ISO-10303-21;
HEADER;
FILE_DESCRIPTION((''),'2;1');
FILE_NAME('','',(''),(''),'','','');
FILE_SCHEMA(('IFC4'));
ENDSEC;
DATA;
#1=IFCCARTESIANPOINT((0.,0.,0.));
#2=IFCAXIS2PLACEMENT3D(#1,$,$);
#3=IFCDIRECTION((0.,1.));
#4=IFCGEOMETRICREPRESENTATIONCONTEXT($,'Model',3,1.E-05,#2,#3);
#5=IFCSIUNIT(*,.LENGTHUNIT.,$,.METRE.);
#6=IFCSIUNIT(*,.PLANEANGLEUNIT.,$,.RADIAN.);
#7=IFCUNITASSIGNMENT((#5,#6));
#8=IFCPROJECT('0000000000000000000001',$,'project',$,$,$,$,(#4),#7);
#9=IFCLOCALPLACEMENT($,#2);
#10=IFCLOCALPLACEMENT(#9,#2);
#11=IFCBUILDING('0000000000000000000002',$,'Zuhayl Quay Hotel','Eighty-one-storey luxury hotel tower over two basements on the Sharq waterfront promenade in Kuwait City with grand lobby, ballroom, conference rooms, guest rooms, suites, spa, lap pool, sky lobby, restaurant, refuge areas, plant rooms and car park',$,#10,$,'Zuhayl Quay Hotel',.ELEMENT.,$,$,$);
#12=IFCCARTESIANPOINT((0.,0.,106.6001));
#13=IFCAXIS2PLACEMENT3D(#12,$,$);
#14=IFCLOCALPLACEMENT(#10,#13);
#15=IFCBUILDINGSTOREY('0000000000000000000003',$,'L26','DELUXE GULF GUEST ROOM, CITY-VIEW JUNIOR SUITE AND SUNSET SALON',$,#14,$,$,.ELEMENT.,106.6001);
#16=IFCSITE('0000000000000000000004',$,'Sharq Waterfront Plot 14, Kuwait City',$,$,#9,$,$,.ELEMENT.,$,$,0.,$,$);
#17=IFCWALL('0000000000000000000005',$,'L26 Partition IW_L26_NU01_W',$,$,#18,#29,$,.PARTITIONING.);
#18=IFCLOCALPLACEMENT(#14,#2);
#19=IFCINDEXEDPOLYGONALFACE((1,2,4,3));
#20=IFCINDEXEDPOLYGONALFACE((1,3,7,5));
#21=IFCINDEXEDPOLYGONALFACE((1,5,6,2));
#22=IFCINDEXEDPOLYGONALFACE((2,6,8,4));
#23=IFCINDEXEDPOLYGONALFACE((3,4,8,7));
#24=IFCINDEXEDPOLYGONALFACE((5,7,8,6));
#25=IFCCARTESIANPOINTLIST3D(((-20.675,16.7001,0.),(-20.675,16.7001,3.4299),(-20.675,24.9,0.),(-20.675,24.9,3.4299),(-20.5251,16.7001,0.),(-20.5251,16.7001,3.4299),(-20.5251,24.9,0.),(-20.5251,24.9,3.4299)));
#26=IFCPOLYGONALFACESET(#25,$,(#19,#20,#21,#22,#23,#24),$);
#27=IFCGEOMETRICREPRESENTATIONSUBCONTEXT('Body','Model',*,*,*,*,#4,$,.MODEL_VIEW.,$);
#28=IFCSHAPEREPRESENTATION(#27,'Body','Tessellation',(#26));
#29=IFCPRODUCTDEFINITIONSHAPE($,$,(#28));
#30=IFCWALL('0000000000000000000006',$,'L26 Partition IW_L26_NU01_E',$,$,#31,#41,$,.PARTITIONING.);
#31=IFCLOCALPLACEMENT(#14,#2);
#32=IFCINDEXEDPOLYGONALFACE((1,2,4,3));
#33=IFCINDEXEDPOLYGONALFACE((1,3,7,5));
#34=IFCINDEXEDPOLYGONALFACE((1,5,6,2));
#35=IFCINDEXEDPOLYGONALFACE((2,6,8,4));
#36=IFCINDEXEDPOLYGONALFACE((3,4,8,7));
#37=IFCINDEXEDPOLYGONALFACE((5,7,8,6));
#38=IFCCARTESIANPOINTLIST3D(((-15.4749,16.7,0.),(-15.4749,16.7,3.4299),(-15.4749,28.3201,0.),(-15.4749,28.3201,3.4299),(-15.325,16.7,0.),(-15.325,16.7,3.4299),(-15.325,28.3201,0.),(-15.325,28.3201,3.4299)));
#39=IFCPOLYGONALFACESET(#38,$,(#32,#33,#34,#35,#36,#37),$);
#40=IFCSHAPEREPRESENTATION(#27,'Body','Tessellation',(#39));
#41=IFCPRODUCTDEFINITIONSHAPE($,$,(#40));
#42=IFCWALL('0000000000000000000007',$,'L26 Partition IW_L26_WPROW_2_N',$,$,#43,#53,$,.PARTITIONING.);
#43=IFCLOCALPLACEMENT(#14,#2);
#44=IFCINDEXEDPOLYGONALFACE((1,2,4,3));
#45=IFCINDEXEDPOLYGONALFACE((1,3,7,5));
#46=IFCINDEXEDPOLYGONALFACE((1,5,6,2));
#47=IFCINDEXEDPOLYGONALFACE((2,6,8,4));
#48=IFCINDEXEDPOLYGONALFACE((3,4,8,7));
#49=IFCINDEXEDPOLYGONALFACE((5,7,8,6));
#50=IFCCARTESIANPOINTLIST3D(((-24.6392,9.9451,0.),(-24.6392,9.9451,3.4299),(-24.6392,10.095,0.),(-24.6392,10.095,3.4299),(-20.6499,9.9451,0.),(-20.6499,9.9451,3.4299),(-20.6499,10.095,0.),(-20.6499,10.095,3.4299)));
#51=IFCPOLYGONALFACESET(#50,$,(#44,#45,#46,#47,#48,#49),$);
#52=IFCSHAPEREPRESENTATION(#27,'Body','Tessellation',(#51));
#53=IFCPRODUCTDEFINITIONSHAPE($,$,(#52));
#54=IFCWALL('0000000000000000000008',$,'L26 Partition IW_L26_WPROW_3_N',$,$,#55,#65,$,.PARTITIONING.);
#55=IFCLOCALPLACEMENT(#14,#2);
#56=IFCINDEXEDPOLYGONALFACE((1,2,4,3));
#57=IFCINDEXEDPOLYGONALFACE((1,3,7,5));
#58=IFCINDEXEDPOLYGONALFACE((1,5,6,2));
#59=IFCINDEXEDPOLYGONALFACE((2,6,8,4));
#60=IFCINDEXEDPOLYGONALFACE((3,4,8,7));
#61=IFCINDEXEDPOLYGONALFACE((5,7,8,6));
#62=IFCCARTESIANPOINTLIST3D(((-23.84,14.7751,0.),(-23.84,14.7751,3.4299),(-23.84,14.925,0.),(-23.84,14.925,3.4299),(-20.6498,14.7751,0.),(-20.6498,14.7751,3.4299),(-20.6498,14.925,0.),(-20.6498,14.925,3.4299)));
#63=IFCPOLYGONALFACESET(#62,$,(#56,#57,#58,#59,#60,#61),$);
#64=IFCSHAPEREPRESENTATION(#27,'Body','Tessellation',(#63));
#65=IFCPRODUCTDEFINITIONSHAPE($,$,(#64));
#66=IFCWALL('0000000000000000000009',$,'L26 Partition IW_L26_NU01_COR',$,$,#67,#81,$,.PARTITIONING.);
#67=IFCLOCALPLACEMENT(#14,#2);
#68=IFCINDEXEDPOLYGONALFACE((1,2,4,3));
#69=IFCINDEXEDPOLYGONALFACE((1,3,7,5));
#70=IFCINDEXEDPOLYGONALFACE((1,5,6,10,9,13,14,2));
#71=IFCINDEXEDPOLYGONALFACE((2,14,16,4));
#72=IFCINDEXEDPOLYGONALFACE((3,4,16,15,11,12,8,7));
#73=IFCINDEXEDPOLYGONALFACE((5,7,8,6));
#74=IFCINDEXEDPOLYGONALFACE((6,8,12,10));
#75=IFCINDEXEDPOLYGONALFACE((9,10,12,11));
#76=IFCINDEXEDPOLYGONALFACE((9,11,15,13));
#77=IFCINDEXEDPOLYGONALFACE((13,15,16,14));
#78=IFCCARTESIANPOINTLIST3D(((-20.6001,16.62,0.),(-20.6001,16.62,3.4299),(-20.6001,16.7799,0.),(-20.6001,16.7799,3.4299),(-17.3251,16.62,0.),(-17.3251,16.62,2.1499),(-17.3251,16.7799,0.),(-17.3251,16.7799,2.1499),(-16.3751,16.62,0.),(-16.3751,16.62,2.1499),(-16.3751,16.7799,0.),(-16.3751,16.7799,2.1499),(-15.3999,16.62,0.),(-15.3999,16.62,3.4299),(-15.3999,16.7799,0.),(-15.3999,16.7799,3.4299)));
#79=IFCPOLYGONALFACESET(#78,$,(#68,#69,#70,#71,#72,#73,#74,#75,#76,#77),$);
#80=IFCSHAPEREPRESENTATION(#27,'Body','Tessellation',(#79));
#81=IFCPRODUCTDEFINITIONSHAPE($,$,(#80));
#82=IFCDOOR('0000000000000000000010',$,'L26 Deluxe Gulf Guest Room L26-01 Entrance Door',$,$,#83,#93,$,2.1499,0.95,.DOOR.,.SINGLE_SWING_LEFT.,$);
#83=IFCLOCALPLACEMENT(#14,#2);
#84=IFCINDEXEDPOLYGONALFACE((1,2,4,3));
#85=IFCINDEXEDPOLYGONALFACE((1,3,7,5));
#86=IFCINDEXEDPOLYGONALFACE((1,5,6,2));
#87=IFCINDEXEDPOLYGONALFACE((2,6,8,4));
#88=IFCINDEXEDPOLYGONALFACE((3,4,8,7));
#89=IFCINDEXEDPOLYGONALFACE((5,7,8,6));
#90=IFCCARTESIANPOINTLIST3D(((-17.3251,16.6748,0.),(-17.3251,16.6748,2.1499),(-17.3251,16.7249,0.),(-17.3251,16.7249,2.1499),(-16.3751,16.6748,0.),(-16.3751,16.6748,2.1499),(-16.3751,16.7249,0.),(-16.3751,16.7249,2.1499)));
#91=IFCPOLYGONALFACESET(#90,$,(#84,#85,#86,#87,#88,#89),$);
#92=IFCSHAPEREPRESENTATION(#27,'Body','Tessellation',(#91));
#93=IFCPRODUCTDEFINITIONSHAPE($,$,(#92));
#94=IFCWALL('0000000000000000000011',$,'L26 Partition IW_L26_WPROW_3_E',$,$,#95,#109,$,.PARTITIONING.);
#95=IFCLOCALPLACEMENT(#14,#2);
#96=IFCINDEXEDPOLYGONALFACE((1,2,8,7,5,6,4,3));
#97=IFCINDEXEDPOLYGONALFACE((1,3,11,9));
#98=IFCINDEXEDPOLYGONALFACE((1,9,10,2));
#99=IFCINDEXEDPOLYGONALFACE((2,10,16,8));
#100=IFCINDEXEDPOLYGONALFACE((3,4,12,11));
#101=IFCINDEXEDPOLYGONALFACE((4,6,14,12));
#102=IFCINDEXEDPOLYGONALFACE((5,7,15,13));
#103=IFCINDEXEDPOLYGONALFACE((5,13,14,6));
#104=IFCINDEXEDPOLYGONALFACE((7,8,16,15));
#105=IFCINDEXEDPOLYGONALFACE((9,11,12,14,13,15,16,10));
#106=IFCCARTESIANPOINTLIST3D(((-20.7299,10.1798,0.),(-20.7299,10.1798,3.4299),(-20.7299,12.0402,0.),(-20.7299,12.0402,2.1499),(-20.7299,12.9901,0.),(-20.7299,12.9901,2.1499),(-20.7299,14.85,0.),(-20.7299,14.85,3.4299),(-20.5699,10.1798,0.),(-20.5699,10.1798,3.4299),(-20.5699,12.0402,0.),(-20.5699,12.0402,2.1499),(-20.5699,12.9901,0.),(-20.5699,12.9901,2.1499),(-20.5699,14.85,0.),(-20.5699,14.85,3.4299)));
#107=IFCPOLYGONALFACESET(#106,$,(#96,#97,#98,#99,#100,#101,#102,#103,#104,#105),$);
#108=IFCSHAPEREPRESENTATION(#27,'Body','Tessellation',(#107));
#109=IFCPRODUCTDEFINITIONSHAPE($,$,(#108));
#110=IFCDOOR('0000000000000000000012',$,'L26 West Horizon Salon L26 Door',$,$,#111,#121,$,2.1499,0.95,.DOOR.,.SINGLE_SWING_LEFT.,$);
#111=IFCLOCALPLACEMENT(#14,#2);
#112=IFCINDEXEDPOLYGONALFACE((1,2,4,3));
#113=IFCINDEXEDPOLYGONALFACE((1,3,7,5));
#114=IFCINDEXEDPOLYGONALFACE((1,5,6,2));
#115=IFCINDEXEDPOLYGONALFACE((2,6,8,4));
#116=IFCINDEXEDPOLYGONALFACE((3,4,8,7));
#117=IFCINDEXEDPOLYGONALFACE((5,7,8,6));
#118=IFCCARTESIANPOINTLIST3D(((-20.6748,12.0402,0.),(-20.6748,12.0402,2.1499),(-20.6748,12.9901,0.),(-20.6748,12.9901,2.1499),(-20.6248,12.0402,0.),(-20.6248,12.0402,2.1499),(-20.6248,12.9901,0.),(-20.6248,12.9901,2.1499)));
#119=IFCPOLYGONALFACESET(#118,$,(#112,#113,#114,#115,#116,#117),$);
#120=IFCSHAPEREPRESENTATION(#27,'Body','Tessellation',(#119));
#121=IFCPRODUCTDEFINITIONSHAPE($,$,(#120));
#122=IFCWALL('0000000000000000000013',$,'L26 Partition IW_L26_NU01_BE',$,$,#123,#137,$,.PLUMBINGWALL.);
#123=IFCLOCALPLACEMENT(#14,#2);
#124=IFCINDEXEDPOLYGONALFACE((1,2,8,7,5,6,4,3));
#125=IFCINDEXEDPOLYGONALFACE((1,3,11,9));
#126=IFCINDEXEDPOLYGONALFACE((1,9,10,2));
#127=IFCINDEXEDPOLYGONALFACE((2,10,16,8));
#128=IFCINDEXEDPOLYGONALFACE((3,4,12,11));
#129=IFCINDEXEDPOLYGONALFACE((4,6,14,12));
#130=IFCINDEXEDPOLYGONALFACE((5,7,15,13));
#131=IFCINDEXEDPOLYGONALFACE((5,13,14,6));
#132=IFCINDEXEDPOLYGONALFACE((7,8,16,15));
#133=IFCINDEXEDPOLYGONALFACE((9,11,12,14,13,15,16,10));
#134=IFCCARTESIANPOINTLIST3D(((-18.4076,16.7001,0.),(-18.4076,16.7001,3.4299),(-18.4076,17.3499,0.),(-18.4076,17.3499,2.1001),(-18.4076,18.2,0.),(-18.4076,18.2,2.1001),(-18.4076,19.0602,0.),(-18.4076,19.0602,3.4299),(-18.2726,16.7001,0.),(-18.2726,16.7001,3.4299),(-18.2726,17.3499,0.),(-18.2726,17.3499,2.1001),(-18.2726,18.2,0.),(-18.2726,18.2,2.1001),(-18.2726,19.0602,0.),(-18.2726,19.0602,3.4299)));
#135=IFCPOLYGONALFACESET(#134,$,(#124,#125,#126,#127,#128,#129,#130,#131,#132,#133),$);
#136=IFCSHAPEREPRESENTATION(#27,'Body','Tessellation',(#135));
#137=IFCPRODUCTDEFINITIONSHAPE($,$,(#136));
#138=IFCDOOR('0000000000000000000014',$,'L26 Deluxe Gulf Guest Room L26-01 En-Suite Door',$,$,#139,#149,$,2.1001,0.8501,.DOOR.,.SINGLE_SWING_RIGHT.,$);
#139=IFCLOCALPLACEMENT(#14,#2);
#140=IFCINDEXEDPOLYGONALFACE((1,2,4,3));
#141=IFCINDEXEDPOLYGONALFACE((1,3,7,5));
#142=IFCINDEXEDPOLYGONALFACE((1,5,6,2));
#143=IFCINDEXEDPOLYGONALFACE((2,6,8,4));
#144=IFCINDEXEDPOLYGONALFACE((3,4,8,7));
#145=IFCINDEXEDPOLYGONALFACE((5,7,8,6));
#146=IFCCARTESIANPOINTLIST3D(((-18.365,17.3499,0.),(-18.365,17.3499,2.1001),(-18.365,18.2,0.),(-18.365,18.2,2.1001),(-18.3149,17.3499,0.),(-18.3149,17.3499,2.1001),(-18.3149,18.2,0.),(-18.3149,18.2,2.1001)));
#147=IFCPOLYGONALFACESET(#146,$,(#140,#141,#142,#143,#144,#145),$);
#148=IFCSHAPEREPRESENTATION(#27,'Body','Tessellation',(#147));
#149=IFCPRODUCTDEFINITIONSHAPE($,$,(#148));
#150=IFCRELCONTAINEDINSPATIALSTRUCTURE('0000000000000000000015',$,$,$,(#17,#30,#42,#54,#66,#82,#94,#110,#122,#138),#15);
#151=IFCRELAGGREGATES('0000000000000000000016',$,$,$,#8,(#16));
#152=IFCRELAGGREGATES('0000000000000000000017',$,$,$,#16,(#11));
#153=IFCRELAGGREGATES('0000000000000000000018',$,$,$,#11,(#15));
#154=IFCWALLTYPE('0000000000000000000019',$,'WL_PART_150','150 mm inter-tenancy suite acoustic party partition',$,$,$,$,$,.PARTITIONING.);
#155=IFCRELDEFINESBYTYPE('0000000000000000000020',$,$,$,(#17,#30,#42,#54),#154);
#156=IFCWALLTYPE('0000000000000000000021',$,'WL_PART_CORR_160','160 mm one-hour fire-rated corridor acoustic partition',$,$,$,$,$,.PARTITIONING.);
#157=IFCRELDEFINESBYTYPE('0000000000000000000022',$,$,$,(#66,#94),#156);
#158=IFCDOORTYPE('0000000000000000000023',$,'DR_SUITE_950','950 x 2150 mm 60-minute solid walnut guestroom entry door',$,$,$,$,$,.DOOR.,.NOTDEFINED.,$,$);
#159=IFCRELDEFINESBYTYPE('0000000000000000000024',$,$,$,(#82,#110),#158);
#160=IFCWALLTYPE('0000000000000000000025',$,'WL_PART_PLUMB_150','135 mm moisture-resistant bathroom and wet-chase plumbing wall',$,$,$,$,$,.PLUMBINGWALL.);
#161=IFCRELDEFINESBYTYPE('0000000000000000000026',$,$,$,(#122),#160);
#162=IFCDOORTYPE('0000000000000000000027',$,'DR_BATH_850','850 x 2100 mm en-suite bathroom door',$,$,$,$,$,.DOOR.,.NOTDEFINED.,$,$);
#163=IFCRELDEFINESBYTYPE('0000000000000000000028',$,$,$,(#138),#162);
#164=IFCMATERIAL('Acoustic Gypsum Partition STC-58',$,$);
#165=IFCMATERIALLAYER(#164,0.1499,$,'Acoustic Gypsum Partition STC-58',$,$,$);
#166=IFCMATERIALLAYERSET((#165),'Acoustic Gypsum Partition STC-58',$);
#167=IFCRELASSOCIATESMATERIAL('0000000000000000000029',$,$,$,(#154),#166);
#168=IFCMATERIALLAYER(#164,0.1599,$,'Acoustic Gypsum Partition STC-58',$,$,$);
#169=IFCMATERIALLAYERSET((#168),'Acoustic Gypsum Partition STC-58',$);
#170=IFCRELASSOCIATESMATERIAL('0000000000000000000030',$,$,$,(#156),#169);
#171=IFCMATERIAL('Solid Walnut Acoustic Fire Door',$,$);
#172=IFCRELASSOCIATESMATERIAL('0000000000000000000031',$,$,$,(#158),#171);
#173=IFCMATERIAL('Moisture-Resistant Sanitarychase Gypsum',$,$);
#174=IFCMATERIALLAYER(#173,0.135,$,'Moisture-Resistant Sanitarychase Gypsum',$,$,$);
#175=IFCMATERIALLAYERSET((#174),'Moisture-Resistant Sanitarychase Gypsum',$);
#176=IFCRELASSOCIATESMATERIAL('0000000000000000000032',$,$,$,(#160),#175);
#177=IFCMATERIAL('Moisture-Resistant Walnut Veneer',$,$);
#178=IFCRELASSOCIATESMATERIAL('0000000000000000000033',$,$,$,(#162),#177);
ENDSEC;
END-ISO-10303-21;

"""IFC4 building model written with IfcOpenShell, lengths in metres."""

from ifc_helpers import new_model, si_unit, direction, frame, frame_2d, origin, place, context, subcontext, project, spatial, rectangle, extrude, material, layer, layer_set, type_object, element, fill, save


model = new_model("IFC4")

# Units and contexts
model_context = context("Model", 3, precision=1e-05, world=origin(), true_north=direction((0.0, 1.0)))
body_context = subcontext(model_context, "Body", "Model", "MODEL_VIEW")
ifc_project = project(units=[si_unit("LENGTHUNIT", "METRE"), si_unit("PLANEANGLEUNIT", "RADIAN")], contexts=[model_context])

# Site, building, storey
site_placement = place(None, origin())
site = spatial("IfcSite", under=ifc_project, at=site_placement, Name="Sharq Waterfront Plot 14, Kuwait City", CompositionType="ELEMENT", RefElevation=0.0)
building_placement = place(site_placement, origin())
building = spatial("IfcBuilding", under=site, at=building_placement, Name="Zuhayl Quay Hotel", Description="Eighty-one-storey luxury hotel tower over two basements on the Sharq waterfront promenade in Kuwait City with grand lobby, ballroom, conference rooms, guest rooms, suites, spa, lap pool, sky lobby, restaurant, refuge areas, plant rooms and car park", LongName="Zuhayl Quay Hotel", CompositionType="ELEMENT")
storey_placement = place(building_placement, frame((0.0, 0.0, 106.6001)))
storey = spatial("IfcBuildingStorey", under=building, at=storey_placement, Name="L26", Description="DELUXE GULF GUEST ROOM, CITY-VIEW JUNIOR SUITE AND SUNSET SALON", CompositionType="ELEMENT", Elevation=106.6001)

# Walls
ifc_material_1 = material(Name="Acoustic Gypsum Partition STC-58")
ifc_layer_1 = layer(ifc_material_1, 0.1499, Name="Acoustic Gypsum Partition STC-58")
ifc_layer_set_1 = layer_set([ifc_layer_1], Name="Acoustic Gypsum Partition STC-58")
wall_type_1 = type_object("IfcWallType", Name="WL_PART_150", Description="150 mm inter-tenancy suite acoustic party partition", PredefinedType="PARTITIONING", material=ifc_layer_set_1)
wall_1_placement = place(storey_placement, frame((-20.6001, 16.7, 0.0), z_axis=(0.0, 0.0, 1.0), x_axis=(0.0, 1.0, 0.0)))
element("IfcWall", 1, at=wall_1_placement, inside=storey, type_object=wall_type_1, Name="L26 Partition IW_L26_NU01_W", PredefinedType="PARTITIONING", context=body_context, shape_type="SweptSolid", body=[
    extrude(rectangle(XDim=8.2, YDim=0.1499, at=frame_2d((4.1001, 0.0))), origin(), (0.0, 0.0, 1.0), 3.4299),
])
wall_2_placement = place(storey_placement, frame((-15.3999, 16.7, 0.0), z_axis=(0.0, 0.0, 1.0), x_axis=(0.0, 1.0, 0.0)))
element("IfcWall", 2, at=wall_2_placement, inside=storey, type_object=wall_type_1, Name="L26 Partition IW_L26_NU01_E", PredefinedType="PARTITIONING", context=body_context, shape_type="SweptSolid", body=[
    extrude(rectangle(XDim=11.6201, YDim=0.1499, at=frame_2d((5.8101, 0.0))), origin(), (0.0, 0.0, 1.0), 3.4299),
])
wall_3_placement = place(storey_placement, frame((-24.6392, 10.02, 0.0), z_axis=(0.0, 0.0, 1.0), x_axis=(1.0, 0.0, 0.0)))
element("IfcWall", 3, at=wall_3_placement, inside=storey, type_object=wall_type_1, Name="L26 Partition IW_L26_WPROW_2_N", PredefinedType="PARTITIONING", context=body_context, shape_type="SweptSolid", body=[
    extrude(rectangle(XDim=3.9893, YDim=0.1499, at=frame_2d((1.9946, 0.0))), origin(), (0.0, 0.0, 1.0), 3.4299),
])
wall_4_placement = place(storey_placement, frame((-23.8401, 14.8501, 0.0), z_axis=(0.0, 0.0, 1.0), x_axis=(1.0, 0.0, 0.0)))
element("IfcWall", 4, at=wall_4_placement, inside=storey, type_object=wall_type_1, Name="L26 Partition IW_L26_WPROW_3_N", PredefinedType="PARTITIONING", context=body_context, shape_type="SweptSolid", body=[
    extrude(rectangle(XDim=3.1902, YDim=0.1499, at=frame_2d((1.5952, 0.0))), origin(), (0.0, 0.0, 1.0), 3.4299),
])

# Walls, openings, doors
ifc_layer_2 = layer(ifc_material_1, 0.1599, Name="Acoustic Gypsum Partition STC-58")
ifc_layer_set_2 = layer_set([ifc_layer_2], Name="Acoustic Gypsum Partition STC-58")
wall_type_2 = type_object("IfcWallType", Name="WL_PART_CORR_160", Description="160 mm one-hour fire-rated corridor acoustic partition", PredefinedType="PARTITIONING", material=ifc_layer_set_2)
wall_5_placement = place(storey_placement, frame((-20.6001, 16.7, 0.0), z_axis=(0.0, 0.0, 1.0), x_axis=(1.0, 0.0, 0.0)))
wall_5 = element("IfcWall", 5, at=wall_5_placement, inside=storey, type_object=wall_type_2, Name="L26 Partition IW_L26_NU01_COR", PredefinedType="PARTITIONING", context=body_context, shape_type="SweptSolid", body=[
    extrude(rectangle(XDim=5.2002, YDim=0.1599, at=frame_2d((2.6001, 0.0))), origin(), (0.0, 0.0, 1.0), 3.4299),
])
opening_1_placement = place(wall_5_placement, frame((3.2749, 0.0, 0.0)))
opening_1 = element("IfcOpeningElement", 6, at=opening_1_placement, cuts=wall_5, PredefinedType="OPENING", context=body_context, shape_type="SweptSolid", body=[
    extrude(rectangle(XDim=0.95, YDim=2.1499, at=frame_2d((0.4751, 1.075))), frame((0.0, 0.0898, 0.0), z_axis=(0.0, -1.0, 0.0), x_axis=(1.0, 0.0, 0.0)), (0.0, 0.0, 1.0), 0.1799),
])
ifc_material_2 = material(Name="Solid Walnut Acoustic Fire Door")
door_type_1 = type_object("IfcDoorType", Name="DR_SUITE_950", Description="950 x 2150 mm 60-minute solid walnut guestroom entry door", OperationType="NOTDEFINED", PredefinedType="DOOR", material=ifc_material_2)
door_1_placement = place(opening_1_placement, origin())
door_1 = element("IfcDoor", 7, at=door_1_placement, inside=storey, type_object=door_type_1, Name="L26 Deluxe Gulf Guest Room L26-01 Entrance Door", OperationType="SINGLE_SWING_LEFT", OverallHeight=2.1499, OverallWidth=0.95, PredefinedType="DOOR", context=body_context, shape_type="SweptSolid", body=[
    extrude(rectangle(XDim=0.95, YDim=2.1499, at=frame_2d((0.4751, 1.075))), frame((0.0, 0.0249, 0.0), z_axis=(0.0, -1.0, 0.0), x_axis=(1.0, 0.0, 0.0)), (0.0, 0.0, 1.0), 0.05),
])
fill(opening_1, door_1)
wall_6_placement = place(storey_placement, frame((-20.6499, 10.1799, 0.0), z_axis=(0.0, 0.0, 1.0), x_axis=(0.0, 1.0, 0.0)))
wall_6 = element("IfcWall", 8, at=wall_6_placement, inside=storey, type_object=wall_type_2, Name="L26 Partition IW_L26_WPROW_3_E", PredefinedType="PARTITIONING", context=body_context, shape_type="SweptSolid", body=[
    extrude(rectangle(XDim=4.6702, YDim=0.1599, at=frame_2d((2.335, 0.0))), origin(), (0.0, 0.0, 1.0), 3.4299),
])
opening_2_placement = place(wall_6_placement, frame((1.8601, 0.0, 0.0)))
opening_2 = element("IfcOpeningElement", 9, at=opening_2_placement, cuts=wall_6, PredefinedType="OPENING", context=body_context, shape_type="SweptSolid", body=[
    extrude(rectangle(XDim=0.95, YDim=2.1499, at=frame_2d((0.4751, 1.075))), frame((0.0, 0.0898, 0.0), z_axis=(0.0, -1.0, 0.0), x_axis=(1.0, 0.0, 0.0)), (0.0, 0.0, 1.0), 0.1799),
])
door_2_placement = place(opening_2_placement, origin())
door_2 = element("IfcDoor", 10, at=door_2_placement, inside=storey, type_object=door_type_1, Name="L26 West Horizon Salon L26 Door", OperationType="SINGLE_SWING_LEFT", OverallHeight=2.1499, OverallWidth=0.95, PredefinedType="DOOR", context=body_context, shape_type="SweptSolid", body=[
    extrude(rectangle(XDim=0.95, YDim=2.1499, at=frame_2d((0.4751, 1.075))), frame((0.0, 0.0249, 0.0), z_axis=(0.0, -1.0, 0.0), x_axis=(1.0, 0.0, 0.0)), (0.0, 0.0, 1.0), 0.05),
])
fill(opening_2, door_2)
ifc_material_3 = material(Name="Moisture-Resistant Sanitarychase Gypsum")
ifc_layer_3 = layer(ifc_material_3, 0.135, Name="Moisture-Resistant Sanitarychase Gypsum")
ifc_layer_set_3 = layer_set([ifc_layer_3], Name="Moisture-Resistant Sanitarychase Gypsum")
wall_type_3 = type_object("IfcWallType", Name="WL_PART_PLUMB_150", Description="135 mm moisture-resistant bathroom and wet-chase plumbing wall", PredefinedType="PLUMBINGWALL", material=ifc_layer_set_3)
wall_7_placement = place(storey_placement, frame((-18.3401, 16.7, 0.0), z_axis=(0.0, 0.0, 1.0), x_axis=(0.0, 1.0, 0.0)))
wall_7 = element("IfcWall", 11, at=wall_7_placement, inside=storey, type_object=wall_type_3, Name="L26 Partition IW_L26_NU01_BE", PredefinedType="PLUMBINGWALL", context=body_context, shape_type="SweptSolid", body=[
    extrude(rectangle(XDim=2.3601, YDim=0.135, at=frame_2d((1.1802, 0.0))), origin(), (0.0, 0.0, 1.0), 3.4299),
])
opening_3_placement = place(wall_7_placement, frame((0.6499, 0.0, 0.0)))
opening_3 = element("IfcOpeningElement", 12, at=opening_3_placement, cuts=wall_7, PredefinedType="OPENING", context=body_context, shape_type="SweptSolid", body=[
    extrude(rectangle(XDim=0.8501, YDim=2.1001, at=frame_2d((0.425, 1.05))), frame((0.0, 0.0774, 0.0), z_axis=(0.0, -1.0, 0.0), x_axis=(1.0, 0.0, 0.0)), (0.0, 0.0, 1.0), 0.155),
])
ifc_material_4 = material(Name="Moisture-Resistant Walnut Veneer")
door_type_2 = type_object("IfcDoorType", Name="DR_BATH_850", Description="850 x 2100 mm en-suite bathroom door", OperationType="NOTDEFINED", PredefinedType="DOOR", material=ifc_material_4)
door_3_placement = place(opening_3_placement, origin())
door_3 = element("IfcDoor", 13, at=door_3_placement, inside=storey, type_object=door_type_2, Name="L26 Deluxe Gulf Guest Room L26-01 En-Suite Door", OperationType="SINGLE_SWING_RIGHT", OverallHeight=2.1001, OverallWidth=0.8501, PredefinedType="DOOR", context=body_context, shape_type="SweptSolid", body=[
    extrude(rectangle(XDim=0.8501, YDim=2.1001, at=frame_2d((0.425, 1.05))), frame((0.0, 0.0249, 0.0), z_axis=(0.0, -1.0, 0.0), x_axis=(1.0, 0.0, 0.0)), (0.0, 0.0, 1.0), 0.05),
])
fill(opening_3, door_3)

save(model, "model.ifc")
